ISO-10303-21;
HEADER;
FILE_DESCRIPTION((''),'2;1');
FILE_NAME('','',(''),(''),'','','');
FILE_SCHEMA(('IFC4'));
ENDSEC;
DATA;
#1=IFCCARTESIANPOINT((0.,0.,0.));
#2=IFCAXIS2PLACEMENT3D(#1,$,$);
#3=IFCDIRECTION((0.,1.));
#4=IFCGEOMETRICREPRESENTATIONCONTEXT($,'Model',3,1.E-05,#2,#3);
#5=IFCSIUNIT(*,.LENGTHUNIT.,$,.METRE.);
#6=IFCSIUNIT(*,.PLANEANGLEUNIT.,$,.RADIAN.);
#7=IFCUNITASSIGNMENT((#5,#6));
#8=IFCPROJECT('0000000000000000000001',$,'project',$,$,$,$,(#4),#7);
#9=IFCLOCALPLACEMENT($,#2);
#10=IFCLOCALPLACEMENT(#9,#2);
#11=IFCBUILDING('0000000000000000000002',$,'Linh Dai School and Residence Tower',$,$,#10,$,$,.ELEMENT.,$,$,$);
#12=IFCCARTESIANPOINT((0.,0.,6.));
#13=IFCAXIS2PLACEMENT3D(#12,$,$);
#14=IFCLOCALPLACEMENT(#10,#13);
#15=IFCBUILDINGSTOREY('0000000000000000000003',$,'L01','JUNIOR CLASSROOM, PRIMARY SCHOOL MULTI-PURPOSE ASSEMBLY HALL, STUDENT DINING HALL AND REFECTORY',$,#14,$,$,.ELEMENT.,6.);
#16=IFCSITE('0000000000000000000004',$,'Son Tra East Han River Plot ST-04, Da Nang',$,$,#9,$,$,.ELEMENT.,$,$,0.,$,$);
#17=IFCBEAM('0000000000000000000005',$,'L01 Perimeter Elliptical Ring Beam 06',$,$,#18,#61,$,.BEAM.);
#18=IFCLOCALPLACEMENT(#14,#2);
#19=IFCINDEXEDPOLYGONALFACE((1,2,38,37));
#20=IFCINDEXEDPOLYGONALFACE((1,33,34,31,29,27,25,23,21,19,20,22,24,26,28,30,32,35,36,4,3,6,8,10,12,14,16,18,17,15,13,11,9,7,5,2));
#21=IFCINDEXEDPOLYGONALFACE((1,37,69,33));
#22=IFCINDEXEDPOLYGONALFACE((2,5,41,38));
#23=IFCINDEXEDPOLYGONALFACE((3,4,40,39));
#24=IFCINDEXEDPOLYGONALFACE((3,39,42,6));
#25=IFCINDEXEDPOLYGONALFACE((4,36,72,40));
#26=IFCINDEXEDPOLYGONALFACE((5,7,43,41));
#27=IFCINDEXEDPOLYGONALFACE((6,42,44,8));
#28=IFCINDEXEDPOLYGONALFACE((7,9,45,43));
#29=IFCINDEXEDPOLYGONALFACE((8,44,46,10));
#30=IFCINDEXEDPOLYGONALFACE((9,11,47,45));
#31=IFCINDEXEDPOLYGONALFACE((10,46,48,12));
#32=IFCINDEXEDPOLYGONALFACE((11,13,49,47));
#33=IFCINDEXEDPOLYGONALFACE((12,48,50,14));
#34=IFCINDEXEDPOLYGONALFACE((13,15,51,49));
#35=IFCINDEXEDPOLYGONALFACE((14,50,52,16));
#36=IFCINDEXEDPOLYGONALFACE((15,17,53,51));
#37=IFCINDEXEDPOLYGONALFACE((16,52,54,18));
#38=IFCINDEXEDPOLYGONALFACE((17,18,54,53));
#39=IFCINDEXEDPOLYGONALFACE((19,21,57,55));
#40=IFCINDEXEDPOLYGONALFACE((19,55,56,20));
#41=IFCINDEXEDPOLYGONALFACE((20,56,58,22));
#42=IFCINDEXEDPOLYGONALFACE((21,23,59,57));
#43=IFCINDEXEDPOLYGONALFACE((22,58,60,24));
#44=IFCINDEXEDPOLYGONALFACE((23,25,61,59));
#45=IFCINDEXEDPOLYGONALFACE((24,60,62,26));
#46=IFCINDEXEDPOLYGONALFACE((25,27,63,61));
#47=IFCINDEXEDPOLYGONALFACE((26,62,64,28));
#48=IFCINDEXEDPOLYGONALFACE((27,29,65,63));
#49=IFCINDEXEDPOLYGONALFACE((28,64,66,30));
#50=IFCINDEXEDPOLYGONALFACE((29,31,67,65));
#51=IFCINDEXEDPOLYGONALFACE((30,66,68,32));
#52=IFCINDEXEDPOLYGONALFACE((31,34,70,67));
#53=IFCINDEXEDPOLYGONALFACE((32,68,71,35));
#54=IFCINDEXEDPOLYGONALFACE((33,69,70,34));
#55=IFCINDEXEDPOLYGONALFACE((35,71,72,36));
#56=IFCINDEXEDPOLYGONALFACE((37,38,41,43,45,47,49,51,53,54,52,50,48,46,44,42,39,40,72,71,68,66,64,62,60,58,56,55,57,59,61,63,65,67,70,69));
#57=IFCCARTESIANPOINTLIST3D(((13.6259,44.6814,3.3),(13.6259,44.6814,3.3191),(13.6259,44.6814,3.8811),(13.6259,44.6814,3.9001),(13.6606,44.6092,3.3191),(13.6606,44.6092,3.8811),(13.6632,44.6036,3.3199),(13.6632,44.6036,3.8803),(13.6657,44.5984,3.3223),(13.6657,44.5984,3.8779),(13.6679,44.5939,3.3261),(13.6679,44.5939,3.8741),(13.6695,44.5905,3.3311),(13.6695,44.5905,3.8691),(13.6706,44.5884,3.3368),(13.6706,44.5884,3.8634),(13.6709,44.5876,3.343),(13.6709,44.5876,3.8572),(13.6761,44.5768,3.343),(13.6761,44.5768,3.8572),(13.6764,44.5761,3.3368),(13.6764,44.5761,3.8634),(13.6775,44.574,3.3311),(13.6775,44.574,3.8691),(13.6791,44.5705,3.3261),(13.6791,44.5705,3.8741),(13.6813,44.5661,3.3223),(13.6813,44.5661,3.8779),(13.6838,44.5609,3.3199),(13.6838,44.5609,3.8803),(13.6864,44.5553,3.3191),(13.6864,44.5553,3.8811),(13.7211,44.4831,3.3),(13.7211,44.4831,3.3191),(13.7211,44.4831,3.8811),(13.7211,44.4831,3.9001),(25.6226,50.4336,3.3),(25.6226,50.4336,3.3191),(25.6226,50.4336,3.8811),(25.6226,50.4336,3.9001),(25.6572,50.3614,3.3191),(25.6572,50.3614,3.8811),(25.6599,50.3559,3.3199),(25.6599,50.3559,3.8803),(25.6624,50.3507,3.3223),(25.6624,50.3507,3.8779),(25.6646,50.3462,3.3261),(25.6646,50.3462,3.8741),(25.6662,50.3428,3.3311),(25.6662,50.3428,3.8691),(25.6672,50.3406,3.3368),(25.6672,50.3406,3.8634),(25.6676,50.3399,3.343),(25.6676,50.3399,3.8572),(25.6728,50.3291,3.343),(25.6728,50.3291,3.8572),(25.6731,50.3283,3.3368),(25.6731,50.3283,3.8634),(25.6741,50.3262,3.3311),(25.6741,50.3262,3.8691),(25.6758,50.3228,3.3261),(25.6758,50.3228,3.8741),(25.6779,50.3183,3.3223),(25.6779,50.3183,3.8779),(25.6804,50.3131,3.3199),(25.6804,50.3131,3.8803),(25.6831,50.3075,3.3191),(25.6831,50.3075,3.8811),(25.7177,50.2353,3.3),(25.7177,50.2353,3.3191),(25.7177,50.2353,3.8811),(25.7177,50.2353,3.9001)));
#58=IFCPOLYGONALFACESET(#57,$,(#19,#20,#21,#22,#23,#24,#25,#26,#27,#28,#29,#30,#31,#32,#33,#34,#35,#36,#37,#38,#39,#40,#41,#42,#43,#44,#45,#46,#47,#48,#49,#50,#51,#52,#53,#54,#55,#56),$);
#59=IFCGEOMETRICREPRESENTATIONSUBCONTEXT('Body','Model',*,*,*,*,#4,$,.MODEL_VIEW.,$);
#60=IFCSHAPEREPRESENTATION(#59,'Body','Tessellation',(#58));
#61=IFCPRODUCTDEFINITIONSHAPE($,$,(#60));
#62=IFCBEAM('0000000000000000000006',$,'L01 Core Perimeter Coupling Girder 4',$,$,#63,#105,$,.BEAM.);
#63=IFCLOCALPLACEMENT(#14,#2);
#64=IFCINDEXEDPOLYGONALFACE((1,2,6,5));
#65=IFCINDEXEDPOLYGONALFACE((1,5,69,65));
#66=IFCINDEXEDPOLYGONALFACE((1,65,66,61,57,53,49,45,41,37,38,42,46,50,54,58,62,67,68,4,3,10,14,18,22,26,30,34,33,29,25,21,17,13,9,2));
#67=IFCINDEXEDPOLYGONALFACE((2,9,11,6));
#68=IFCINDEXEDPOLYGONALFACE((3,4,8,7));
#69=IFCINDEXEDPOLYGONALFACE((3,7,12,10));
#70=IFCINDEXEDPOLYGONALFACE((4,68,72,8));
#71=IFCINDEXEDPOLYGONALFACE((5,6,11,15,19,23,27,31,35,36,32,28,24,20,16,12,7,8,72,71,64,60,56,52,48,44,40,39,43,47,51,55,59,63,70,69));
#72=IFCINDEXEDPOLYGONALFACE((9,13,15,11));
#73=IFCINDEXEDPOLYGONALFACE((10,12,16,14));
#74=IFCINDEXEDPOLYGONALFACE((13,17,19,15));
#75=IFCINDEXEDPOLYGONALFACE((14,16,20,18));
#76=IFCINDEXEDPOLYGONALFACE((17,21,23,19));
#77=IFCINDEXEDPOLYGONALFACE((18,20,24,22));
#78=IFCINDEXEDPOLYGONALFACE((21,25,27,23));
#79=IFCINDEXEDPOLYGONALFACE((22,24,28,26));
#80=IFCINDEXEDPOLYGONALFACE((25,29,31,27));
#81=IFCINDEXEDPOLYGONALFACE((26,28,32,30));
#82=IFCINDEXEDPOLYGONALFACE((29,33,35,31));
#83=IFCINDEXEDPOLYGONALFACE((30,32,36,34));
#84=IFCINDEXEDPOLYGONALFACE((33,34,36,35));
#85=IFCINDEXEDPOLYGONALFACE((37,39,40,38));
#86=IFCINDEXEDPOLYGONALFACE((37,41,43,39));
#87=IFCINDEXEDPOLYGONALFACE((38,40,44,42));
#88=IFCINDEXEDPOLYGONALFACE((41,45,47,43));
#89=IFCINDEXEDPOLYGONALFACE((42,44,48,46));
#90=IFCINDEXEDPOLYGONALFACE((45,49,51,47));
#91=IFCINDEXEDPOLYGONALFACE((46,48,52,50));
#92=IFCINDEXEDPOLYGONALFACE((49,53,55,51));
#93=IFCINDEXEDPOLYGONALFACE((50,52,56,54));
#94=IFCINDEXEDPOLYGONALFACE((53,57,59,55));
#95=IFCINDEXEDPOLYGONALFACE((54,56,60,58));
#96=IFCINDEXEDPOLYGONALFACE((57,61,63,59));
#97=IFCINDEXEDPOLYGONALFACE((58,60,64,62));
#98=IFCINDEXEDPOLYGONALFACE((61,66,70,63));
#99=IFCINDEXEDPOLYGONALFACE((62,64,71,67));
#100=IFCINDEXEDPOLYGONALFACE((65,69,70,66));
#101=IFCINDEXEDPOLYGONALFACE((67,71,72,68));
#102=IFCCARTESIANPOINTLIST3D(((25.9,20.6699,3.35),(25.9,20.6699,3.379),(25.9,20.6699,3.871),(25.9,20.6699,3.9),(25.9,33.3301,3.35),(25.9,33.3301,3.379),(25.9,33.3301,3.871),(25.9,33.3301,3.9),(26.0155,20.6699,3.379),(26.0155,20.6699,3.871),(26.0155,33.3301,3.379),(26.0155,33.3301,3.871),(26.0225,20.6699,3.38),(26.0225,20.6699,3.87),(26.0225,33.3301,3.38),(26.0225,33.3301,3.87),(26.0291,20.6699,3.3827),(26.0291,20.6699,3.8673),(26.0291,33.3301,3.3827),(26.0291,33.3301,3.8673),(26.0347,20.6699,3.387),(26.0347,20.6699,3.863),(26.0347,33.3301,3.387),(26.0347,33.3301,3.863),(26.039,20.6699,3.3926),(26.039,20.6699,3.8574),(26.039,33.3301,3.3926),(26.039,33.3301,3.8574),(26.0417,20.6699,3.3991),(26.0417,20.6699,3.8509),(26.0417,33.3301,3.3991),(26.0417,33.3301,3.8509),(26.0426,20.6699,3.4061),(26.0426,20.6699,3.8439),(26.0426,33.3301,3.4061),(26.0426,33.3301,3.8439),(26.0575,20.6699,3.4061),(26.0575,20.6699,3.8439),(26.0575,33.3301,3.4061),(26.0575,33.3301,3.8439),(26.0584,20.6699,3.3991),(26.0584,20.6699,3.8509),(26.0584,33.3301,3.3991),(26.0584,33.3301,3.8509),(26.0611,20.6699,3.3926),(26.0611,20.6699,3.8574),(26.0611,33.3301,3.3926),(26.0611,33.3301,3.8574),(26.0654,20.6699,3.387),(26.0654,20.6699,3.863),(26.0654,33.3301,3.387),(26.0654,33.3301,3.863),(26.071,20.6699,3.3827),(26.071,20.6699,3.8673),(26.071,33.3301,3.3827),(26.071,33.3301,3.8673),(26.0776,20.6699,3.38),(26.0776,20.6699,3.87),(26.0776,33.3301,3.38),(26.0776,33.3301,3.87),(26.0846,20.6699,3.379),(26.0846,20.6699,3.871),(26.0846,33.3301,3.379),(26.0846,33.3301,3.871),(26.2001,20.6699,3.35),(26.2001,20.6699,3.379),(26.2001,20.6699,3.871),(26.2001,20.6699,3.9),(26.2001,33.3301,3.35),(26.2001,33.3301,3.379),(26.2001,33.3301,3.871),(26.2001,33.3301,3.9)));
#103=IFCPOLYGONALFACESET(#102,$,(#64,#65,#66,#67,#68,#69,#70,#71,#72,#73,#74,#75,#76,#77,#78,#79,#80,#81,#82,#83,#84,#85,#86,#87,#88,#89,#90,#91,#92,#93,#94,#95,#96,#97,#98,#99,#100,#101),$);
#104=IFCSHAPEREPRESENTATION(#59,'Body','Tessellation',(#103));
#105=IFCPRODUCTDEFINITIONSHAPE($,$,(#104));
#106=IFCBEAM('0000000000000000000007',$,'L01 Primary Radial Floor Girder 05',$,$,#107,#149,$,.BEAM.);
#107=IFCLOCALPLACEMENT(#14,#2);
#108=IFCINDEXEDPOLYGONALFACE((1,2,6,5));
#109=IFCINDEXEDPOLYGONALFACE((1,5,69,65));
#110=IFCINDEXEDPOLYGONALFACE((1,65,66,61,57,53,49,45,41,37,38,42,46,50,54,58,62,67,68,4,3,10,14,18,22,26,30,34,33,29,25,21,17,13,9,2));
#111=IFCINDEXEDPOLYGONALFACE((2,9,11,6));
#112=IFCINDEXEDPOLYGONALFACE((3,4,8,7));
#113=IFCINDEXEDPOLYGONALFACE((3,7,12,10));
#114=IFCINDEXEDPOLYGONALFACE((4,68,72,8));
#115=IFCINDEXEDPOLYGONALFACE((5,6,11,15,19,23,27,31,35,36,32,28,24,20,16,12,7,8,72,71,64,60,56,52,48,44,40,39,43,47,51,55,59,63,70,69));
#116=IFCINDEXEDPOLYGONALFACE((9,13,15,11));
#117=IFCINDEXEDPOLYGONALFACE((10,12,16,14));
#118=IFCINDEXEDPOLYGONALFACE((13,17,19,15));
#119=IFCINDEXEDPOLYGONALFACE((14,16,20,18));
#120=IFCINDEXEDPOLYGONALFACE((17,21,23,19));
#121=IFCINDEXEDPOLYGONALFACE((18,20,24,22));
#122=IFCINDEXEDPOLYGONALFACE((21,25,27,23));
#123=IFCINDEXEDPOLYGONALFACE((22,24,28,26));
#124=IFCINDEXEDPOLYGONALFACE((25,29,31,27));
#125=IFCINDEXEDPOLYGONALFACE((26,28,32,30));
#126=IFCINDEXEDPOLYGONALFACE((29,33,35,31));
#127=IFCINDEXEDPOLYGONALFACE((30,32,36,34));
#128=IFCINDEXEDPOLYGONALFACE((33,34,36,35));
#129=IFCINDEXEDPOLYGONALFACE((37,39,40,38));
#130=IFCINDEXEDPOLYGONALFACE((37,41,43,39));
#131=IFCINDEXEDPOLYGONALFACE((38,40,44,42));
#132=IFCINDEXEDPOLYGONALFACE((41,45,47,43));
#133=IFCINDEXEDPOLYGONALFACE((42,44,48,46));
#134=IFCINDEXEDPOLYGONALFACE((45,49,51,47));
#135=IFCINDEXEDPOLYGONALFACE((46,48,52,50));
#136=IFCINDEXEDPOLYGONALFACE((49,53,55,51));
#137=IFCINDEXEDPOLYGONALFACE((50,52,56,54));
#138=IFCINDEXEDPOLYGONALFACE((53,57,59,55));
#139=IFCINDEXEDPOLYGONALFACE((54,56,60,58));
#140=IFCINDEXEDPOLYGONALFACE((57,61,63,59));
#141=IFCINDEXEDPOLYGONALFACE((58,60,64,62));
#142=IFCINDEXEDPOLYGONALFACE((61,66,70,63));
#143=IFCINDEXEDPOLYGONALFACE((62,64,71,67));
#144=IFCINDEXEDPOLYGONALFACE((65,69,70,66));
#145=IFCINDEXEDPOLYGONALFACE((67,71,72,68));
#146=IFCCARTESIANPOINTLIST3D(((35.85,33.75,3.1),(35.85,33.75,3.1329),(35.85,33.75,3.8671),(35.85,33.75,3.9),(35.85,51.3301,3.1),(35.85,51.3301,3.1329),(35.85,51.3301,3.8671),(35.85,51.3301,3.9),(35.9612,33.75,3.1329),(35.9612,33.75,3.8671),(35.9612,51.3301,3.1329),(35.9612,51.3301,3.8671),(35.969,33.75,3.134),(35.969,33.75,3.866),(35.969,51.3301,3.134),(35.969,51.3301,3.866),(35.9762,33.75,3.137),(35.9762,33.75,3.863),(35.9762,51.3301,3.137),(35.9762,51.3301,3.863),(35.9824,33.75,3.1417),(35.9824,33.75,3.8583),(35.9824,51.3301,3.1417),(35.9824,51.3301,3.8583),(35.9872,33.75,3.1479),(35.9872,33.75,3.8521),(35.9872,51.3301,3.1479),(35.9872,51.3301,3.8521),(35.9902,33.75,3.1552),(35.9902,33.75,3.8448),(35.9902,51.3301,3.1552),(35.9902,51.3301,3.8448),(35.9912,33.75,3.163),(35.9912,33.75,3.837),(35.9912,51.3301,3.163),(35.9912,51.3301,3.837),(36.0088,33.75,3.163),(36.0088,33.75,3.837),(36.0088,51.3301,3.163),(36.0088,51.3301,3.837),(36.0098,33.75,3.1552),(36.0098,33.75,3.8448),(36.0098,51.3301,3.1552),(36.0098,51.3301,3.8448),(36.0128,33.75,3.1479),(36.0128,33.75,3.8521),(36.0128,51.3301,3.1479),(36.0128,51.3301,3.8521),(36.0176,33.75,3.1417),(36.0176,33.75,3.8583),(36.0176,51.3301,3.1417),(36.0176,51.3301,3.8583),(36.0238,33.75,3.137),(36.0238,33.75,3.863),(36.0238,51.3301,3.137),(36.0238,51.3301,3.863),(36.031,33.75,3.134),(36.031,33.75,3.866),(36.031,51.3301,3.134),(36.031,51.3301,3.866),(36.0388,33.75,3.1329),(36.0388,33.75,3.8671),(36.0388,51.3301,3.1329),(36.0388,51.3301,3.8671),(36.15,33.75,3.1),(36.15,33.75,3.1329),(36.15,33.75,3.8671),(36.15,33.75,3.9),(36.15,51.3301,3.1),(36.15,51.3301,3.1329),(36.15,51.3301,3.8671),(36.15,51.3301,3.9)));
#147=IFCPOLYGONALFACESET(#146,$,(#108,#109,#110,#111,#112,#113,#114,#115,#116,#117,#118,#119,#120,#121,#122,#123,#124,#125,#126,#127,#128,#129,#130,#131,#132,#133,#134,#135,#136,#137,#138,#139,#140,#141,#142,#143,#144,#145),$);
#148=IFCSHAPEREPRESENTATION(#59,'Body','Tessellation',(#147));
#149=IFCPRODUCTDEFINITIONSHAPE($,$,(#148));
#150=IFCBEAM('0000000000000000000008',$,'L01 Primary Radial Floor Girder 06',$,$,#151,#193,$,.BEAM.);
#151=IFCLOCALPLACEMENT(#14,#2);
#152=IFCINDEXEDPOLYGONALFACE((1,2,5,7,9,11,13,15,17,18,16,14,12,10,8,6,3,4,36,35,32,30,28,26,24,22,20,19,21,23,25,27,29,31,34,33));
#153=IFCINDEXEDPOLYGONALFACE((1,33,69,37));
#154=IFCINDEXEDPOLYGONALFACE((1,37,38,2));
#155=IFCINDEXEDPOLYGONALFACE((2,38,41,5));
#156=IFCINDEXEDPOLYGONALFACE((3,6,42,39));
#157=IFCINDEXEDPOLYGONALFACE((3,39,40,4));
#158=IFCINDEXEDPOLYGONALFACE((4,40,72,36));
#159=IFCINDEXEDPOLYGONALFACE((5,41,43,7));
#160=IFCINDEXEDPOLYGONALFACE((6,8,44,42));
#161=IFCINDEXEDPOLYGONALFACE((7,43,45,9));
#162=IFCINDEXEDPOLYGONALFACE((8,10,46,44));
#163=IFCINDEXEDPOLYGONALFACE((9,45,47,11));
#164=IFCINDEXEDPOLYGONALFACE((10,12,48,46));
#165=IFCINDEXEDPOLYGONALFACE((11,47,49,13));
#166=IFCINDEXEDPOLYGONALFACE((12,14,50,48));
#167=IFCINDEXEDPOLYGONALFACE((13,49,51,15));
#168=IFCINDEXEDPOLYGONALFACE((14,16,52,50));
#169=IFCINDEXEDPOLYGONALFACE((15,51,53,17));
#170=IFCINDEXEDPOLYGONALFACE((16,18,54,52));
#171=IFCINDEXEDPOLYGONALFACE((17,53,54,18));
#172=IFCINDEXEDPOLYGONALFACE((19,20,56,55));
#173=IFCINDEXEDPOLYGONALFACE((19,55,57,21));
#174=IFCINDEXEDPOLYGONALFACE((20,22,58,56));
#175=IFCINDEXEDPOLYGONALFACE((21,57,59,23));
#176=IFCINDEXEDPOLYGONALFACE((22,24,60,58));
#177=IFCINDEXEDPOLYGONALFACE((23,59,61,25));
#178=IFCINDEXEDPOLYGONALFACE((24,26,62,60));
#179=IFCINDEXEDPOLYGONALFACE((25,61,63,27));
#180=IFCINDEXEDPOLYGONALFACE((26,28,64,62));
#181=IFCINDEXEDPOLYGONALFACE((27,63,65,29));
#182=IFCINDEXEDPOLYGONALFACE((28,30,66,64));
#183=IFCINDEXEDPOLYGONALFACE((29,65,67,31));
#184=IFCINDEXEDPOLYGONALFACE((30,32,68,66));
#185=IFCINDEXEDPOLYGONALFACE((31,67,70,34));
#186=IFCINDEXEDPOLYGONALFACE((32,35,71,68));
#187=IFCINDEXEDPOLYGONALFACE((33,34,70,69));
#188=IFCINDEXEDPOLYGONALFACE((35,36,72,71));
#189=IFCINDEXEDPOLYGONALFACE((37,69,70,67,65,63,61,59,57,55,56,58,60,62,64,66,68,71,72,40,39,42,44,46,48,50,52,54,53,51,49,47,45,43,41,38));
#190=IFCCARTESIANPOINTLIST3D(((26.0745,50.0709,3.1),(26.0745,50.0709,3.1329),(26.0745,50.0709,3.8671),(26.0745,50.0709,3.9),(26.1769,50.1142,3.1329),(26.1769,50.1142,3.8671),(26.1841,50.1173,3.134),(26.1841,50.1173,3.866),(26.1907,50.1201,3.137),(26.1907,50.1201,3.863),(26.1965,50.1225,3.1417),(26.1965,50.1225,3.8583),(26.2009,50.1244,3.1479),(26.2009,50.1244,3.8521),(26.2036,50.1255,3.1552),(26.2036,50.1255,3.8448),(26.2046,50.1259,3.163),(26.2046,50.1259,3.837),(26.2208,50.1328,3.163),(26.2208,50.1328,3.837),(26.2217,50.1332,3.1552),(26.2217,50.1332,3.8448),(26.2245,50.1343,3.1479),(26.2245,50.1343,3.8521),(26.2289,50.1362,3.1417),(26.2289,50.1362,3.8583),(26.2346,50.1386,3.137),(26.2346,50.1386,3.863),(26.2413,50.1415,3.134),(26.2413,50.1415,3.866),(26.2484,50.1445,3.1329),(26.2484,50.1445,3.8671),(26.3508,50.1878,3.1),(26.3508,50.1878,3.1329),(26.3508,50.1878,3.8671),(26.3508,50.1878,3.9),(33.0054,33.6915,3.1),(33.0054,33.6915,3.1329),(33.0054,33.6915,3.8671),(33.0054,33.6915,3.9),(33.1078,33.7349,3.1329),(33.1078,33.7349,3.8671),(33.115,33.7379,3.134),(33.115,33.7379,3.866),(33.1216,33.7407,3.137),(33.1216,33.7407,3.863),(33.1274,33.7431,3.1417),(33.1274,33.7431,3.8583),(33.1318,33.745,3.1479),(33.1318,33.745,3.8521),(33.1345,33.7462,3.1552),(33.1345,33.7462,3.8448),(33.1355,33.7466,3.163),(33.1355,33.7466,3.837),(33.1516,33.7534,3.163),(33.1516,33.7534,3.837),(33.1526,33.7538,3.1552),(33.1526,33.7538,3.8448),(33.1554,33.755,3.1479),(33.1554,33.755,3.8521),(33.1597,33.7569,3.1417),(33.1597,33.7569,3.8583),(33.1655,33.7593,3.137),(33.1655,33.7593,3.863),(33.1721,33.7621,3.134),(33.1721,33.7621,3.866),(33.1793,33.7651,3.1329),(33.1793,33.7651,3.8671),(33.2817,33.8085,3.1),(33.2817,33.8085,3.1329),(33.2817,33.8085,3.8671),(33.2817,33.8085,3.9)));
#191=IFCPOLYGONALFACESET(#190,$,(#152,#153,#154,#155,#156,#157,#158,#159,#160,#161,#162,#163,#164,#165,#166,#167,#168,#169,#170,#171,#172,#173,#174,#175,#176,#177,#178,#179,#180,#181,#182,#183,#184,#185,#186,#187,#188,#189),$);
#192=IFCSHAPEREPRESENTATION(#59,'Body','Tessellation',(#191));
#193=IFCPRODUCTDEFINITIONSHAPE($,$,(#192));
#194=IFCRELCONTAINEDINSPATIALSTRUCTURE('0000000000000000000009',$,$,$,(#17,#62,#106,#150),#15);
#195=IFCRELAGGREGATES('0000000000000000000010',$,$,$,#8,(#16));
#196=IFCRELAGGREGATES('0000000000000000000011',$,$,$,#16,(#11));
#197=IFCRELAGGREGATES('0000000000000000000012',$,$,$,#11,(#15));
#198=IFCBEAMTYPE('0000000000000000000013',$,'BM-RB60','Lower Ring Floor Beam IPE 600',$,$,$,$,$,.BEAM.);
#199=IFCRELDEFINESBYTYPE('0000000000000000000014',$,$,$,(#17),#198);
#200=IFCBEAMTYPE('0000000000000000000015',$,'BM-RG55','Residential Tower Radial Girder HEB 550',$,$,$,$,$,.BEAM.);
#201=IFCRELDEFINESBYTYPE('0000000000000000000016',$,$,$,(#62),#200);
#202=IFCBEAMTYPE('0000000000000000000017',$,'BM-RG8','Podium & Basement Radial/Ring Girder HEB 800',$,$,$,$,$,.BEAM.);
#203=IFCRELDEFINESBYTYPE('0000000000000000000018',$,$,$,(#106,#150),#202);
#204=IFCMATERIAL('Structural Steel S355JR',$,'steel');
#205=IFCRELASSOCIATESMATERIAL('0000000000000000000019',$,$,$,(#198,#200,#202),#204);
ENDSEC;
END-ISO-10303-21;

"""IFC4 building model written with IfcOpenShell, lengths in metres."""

from ifc_helpers import new_model, si_unit, direction, frame, origin, origin_2d, place, context, subcontext, project, spatial, i_section, extrude, material, material_profile, profile_set, type_object, element, save


model = new_model("IFC4")

# Units and contexts
model_context = context("Model", 3, precision=1e-05, world=origin(), true_north=direction((0.0, 1.0)))
body_context = subcontext(model_context, "Body", "Model", "MODEL_VIEW")
ifc_project = project(units=[si_unit("LENGTHUNIT", "METRE"), si_unit("PLANEANGLEUNIT", "RADIAN")], contexts=[model_context])

# Site, building, storey
site_placement = place(None, origin())
site = spatial("IfcSite", under=ifc_project, at=site_placement, Name="Son Tra East Han River Plot ST-04, Da Nang", CompositionType="ELEMENT", RefElevation=0.0)
building_placement = place(site_placement, origin())
building = spatial("IfcBuilding", under=site, at=building_placement, Name="Linh Dai School and Residence Tower", CompositionType="ELEMENT")
storey_placement = place(building_placement, frame((0.0, 0.0, 6.0)))
storey = spatial("IfcBuildingStorey", under=building, at=storey_placement, Name="L01", Description="JUNIOR CLASSROOM, PRIMARY SCHOOL MULTI-PURPOSE ASSEMBLY HALL, STUDENT DINING HALL AND REFECTORY", CompositionType="ELEMENT", Elevation=6.0)

# Shared definitions
ifc_material_1 = material(Name="Structural Steel S355JR", Category="steel")

# Beams
ifc_material_profile_1 = material_profile(ifc_material_1, i_section(OverallWidth=0.22, OverallDepth=0.6001, WebThickness=0.012, FlangeThickness=0.019, FilletRadius=0.0239, at=origin_2d()), Name="IPE 600")
ifc_profile_set_1 = profile_set([ifc_material_profile_1], Name="Structural Steel S355JR")
beam_type_1 = type_object("IfcBeamType", Name="BM-RB60", Description="Lower Ring Floor Beam IPE 600", PredefinedType="BEAM", material=ifc_profile_set_1)
beam_1_placement = place(storey_placement, frame((25.6702, 50.3345, 3.6001), z_axis=(-0.901704, -0.432355, 0.0), x_axis=(0.432355, -0.901704, 0.0)))
element("IfcBeam", 1, at=beam_1_placement, inside=storey, type_object=beam_type_1, Name="L01 Perimeter Elliptical Ring Beam 06", PredefinedType="BEAM", context=body_context, shape_type="SweptSolid", body=[
    extrude(i_section(OverallWidth=0.22, OverallDepth=0.6001, WebThickness=0.012, FlangeThickness=0.019, FilletRadius=0.0239, at=origin_2d()), origin(), (0.0, 0.0, 1.0), 13.3044),
])
ifc_material_profile_2 = material_profile(ifc_material_1, i_section(OverallWidth=0.3, OverallDepth=0.55, WebThickness=0.0149, FlangeThickness=0.0291, FilletRadius=0.0271, at=origin_2d()), Name="HEB 550")
ifc_profile_set_2 = profile_set([ifc_material_profile_2], Name="Structural Steel S355JR")
beam_type_2 = type_object("IfcBeamType", Name="BM-RG55", Description="Residential Tower Radial Girder HEB 550", PredefinedType="BEAM", material=ifc_profile_set_2)
beam_2_placement = place(storey_placement, frame((26.05, 33.3301, 3.625), z_axis=(0.0, -1.0, 0.0), x_axis=(1.0, 0.0, 0.0)))
element("IfcBeam", 2, at=beam_2_placement, inside=storey, type_object=beam_type_2, Name="L01 Core Perimeter Coupling Girder 4", PredefinedType="BEAM", context=body_context, shape_type="SweptSolid", body=[
    extrude(i_section(OverallWidth=0.3, OverallDepth=0.55, WebThickness=0.0149, FlangeThickness=0.0291, FilletRadius=0.0271, at=origin_2d()), origin(), (0.0, 0.0, 1.0), 12.6602),
])
ifc_material_profile_3 = material_profile(ifc_material_1, i_section(OverallWidth=0.3, OverallDepth=0.8, WebThickness=0.0176, FlangeThickness=0.033, FilletRadius=0.03, at=origin_2d()), Name="HEB 800")
ifc_profile_set_3 = profile_set([ifc_material_profile_3], Name="Structural Steel S355JR")
beam_type_3 = type_object("IfcBeamType", Name="BM-RG8", Description="Podium & Basement Radial/Ring Girder HEB 800", PredefinedType="BEAM", material=ifc_profile_set_3)
beam_3_placement = place(storey_placement, frame((36.0, 33.75, 3.5), z_axis=(0.0, 1.0, 0.0), x_axis=(-1.0, 0.0, 0.0)))
element("IfcBeam", 3, at=beam_3_placement, inside=storey, type_object=beam_type_3, Name="L01 Primary Radial Floor Girder 05", PredefinedType="BEAM", context=body_context, shape_type="SweptSolid", body=[
    extrude(i_section(OverallWidth=0.3, OverallDepth=0.8, WebThickness=0.0176, FlangeThickness=0.033, FilletRadius=0.03, at=origin_2d()), origin(), (0.0, 0.0, 1.0), 17.5801),
])
beam_4_placement = place(storey_placement, frame((33.1436, 33.75, 3.5), z_axis=(-0.389696, 0.920944, 0.0), x_axis=(-0.920944, -0.389696, 0.0)))
element("IfcBeam", 4, at=beam_4_placement, inside=storey, type_object=beam_type_3, Name="L01 Primary Radial Floor Girder 06", PredefinedType="BEAM", context=body_context, shape_type="SweptSolid", body=[
    extrude(i_section(OverallWidth=0.3, OverallDepth=0.8, WebThickness=0.0176, FlangeThickness=0.033, FilletRadius=0.03, at=origin_2d()), origin(), (0.0, 0.0, 1.0), 17.7854),
])

save(model, "model.ifc")
